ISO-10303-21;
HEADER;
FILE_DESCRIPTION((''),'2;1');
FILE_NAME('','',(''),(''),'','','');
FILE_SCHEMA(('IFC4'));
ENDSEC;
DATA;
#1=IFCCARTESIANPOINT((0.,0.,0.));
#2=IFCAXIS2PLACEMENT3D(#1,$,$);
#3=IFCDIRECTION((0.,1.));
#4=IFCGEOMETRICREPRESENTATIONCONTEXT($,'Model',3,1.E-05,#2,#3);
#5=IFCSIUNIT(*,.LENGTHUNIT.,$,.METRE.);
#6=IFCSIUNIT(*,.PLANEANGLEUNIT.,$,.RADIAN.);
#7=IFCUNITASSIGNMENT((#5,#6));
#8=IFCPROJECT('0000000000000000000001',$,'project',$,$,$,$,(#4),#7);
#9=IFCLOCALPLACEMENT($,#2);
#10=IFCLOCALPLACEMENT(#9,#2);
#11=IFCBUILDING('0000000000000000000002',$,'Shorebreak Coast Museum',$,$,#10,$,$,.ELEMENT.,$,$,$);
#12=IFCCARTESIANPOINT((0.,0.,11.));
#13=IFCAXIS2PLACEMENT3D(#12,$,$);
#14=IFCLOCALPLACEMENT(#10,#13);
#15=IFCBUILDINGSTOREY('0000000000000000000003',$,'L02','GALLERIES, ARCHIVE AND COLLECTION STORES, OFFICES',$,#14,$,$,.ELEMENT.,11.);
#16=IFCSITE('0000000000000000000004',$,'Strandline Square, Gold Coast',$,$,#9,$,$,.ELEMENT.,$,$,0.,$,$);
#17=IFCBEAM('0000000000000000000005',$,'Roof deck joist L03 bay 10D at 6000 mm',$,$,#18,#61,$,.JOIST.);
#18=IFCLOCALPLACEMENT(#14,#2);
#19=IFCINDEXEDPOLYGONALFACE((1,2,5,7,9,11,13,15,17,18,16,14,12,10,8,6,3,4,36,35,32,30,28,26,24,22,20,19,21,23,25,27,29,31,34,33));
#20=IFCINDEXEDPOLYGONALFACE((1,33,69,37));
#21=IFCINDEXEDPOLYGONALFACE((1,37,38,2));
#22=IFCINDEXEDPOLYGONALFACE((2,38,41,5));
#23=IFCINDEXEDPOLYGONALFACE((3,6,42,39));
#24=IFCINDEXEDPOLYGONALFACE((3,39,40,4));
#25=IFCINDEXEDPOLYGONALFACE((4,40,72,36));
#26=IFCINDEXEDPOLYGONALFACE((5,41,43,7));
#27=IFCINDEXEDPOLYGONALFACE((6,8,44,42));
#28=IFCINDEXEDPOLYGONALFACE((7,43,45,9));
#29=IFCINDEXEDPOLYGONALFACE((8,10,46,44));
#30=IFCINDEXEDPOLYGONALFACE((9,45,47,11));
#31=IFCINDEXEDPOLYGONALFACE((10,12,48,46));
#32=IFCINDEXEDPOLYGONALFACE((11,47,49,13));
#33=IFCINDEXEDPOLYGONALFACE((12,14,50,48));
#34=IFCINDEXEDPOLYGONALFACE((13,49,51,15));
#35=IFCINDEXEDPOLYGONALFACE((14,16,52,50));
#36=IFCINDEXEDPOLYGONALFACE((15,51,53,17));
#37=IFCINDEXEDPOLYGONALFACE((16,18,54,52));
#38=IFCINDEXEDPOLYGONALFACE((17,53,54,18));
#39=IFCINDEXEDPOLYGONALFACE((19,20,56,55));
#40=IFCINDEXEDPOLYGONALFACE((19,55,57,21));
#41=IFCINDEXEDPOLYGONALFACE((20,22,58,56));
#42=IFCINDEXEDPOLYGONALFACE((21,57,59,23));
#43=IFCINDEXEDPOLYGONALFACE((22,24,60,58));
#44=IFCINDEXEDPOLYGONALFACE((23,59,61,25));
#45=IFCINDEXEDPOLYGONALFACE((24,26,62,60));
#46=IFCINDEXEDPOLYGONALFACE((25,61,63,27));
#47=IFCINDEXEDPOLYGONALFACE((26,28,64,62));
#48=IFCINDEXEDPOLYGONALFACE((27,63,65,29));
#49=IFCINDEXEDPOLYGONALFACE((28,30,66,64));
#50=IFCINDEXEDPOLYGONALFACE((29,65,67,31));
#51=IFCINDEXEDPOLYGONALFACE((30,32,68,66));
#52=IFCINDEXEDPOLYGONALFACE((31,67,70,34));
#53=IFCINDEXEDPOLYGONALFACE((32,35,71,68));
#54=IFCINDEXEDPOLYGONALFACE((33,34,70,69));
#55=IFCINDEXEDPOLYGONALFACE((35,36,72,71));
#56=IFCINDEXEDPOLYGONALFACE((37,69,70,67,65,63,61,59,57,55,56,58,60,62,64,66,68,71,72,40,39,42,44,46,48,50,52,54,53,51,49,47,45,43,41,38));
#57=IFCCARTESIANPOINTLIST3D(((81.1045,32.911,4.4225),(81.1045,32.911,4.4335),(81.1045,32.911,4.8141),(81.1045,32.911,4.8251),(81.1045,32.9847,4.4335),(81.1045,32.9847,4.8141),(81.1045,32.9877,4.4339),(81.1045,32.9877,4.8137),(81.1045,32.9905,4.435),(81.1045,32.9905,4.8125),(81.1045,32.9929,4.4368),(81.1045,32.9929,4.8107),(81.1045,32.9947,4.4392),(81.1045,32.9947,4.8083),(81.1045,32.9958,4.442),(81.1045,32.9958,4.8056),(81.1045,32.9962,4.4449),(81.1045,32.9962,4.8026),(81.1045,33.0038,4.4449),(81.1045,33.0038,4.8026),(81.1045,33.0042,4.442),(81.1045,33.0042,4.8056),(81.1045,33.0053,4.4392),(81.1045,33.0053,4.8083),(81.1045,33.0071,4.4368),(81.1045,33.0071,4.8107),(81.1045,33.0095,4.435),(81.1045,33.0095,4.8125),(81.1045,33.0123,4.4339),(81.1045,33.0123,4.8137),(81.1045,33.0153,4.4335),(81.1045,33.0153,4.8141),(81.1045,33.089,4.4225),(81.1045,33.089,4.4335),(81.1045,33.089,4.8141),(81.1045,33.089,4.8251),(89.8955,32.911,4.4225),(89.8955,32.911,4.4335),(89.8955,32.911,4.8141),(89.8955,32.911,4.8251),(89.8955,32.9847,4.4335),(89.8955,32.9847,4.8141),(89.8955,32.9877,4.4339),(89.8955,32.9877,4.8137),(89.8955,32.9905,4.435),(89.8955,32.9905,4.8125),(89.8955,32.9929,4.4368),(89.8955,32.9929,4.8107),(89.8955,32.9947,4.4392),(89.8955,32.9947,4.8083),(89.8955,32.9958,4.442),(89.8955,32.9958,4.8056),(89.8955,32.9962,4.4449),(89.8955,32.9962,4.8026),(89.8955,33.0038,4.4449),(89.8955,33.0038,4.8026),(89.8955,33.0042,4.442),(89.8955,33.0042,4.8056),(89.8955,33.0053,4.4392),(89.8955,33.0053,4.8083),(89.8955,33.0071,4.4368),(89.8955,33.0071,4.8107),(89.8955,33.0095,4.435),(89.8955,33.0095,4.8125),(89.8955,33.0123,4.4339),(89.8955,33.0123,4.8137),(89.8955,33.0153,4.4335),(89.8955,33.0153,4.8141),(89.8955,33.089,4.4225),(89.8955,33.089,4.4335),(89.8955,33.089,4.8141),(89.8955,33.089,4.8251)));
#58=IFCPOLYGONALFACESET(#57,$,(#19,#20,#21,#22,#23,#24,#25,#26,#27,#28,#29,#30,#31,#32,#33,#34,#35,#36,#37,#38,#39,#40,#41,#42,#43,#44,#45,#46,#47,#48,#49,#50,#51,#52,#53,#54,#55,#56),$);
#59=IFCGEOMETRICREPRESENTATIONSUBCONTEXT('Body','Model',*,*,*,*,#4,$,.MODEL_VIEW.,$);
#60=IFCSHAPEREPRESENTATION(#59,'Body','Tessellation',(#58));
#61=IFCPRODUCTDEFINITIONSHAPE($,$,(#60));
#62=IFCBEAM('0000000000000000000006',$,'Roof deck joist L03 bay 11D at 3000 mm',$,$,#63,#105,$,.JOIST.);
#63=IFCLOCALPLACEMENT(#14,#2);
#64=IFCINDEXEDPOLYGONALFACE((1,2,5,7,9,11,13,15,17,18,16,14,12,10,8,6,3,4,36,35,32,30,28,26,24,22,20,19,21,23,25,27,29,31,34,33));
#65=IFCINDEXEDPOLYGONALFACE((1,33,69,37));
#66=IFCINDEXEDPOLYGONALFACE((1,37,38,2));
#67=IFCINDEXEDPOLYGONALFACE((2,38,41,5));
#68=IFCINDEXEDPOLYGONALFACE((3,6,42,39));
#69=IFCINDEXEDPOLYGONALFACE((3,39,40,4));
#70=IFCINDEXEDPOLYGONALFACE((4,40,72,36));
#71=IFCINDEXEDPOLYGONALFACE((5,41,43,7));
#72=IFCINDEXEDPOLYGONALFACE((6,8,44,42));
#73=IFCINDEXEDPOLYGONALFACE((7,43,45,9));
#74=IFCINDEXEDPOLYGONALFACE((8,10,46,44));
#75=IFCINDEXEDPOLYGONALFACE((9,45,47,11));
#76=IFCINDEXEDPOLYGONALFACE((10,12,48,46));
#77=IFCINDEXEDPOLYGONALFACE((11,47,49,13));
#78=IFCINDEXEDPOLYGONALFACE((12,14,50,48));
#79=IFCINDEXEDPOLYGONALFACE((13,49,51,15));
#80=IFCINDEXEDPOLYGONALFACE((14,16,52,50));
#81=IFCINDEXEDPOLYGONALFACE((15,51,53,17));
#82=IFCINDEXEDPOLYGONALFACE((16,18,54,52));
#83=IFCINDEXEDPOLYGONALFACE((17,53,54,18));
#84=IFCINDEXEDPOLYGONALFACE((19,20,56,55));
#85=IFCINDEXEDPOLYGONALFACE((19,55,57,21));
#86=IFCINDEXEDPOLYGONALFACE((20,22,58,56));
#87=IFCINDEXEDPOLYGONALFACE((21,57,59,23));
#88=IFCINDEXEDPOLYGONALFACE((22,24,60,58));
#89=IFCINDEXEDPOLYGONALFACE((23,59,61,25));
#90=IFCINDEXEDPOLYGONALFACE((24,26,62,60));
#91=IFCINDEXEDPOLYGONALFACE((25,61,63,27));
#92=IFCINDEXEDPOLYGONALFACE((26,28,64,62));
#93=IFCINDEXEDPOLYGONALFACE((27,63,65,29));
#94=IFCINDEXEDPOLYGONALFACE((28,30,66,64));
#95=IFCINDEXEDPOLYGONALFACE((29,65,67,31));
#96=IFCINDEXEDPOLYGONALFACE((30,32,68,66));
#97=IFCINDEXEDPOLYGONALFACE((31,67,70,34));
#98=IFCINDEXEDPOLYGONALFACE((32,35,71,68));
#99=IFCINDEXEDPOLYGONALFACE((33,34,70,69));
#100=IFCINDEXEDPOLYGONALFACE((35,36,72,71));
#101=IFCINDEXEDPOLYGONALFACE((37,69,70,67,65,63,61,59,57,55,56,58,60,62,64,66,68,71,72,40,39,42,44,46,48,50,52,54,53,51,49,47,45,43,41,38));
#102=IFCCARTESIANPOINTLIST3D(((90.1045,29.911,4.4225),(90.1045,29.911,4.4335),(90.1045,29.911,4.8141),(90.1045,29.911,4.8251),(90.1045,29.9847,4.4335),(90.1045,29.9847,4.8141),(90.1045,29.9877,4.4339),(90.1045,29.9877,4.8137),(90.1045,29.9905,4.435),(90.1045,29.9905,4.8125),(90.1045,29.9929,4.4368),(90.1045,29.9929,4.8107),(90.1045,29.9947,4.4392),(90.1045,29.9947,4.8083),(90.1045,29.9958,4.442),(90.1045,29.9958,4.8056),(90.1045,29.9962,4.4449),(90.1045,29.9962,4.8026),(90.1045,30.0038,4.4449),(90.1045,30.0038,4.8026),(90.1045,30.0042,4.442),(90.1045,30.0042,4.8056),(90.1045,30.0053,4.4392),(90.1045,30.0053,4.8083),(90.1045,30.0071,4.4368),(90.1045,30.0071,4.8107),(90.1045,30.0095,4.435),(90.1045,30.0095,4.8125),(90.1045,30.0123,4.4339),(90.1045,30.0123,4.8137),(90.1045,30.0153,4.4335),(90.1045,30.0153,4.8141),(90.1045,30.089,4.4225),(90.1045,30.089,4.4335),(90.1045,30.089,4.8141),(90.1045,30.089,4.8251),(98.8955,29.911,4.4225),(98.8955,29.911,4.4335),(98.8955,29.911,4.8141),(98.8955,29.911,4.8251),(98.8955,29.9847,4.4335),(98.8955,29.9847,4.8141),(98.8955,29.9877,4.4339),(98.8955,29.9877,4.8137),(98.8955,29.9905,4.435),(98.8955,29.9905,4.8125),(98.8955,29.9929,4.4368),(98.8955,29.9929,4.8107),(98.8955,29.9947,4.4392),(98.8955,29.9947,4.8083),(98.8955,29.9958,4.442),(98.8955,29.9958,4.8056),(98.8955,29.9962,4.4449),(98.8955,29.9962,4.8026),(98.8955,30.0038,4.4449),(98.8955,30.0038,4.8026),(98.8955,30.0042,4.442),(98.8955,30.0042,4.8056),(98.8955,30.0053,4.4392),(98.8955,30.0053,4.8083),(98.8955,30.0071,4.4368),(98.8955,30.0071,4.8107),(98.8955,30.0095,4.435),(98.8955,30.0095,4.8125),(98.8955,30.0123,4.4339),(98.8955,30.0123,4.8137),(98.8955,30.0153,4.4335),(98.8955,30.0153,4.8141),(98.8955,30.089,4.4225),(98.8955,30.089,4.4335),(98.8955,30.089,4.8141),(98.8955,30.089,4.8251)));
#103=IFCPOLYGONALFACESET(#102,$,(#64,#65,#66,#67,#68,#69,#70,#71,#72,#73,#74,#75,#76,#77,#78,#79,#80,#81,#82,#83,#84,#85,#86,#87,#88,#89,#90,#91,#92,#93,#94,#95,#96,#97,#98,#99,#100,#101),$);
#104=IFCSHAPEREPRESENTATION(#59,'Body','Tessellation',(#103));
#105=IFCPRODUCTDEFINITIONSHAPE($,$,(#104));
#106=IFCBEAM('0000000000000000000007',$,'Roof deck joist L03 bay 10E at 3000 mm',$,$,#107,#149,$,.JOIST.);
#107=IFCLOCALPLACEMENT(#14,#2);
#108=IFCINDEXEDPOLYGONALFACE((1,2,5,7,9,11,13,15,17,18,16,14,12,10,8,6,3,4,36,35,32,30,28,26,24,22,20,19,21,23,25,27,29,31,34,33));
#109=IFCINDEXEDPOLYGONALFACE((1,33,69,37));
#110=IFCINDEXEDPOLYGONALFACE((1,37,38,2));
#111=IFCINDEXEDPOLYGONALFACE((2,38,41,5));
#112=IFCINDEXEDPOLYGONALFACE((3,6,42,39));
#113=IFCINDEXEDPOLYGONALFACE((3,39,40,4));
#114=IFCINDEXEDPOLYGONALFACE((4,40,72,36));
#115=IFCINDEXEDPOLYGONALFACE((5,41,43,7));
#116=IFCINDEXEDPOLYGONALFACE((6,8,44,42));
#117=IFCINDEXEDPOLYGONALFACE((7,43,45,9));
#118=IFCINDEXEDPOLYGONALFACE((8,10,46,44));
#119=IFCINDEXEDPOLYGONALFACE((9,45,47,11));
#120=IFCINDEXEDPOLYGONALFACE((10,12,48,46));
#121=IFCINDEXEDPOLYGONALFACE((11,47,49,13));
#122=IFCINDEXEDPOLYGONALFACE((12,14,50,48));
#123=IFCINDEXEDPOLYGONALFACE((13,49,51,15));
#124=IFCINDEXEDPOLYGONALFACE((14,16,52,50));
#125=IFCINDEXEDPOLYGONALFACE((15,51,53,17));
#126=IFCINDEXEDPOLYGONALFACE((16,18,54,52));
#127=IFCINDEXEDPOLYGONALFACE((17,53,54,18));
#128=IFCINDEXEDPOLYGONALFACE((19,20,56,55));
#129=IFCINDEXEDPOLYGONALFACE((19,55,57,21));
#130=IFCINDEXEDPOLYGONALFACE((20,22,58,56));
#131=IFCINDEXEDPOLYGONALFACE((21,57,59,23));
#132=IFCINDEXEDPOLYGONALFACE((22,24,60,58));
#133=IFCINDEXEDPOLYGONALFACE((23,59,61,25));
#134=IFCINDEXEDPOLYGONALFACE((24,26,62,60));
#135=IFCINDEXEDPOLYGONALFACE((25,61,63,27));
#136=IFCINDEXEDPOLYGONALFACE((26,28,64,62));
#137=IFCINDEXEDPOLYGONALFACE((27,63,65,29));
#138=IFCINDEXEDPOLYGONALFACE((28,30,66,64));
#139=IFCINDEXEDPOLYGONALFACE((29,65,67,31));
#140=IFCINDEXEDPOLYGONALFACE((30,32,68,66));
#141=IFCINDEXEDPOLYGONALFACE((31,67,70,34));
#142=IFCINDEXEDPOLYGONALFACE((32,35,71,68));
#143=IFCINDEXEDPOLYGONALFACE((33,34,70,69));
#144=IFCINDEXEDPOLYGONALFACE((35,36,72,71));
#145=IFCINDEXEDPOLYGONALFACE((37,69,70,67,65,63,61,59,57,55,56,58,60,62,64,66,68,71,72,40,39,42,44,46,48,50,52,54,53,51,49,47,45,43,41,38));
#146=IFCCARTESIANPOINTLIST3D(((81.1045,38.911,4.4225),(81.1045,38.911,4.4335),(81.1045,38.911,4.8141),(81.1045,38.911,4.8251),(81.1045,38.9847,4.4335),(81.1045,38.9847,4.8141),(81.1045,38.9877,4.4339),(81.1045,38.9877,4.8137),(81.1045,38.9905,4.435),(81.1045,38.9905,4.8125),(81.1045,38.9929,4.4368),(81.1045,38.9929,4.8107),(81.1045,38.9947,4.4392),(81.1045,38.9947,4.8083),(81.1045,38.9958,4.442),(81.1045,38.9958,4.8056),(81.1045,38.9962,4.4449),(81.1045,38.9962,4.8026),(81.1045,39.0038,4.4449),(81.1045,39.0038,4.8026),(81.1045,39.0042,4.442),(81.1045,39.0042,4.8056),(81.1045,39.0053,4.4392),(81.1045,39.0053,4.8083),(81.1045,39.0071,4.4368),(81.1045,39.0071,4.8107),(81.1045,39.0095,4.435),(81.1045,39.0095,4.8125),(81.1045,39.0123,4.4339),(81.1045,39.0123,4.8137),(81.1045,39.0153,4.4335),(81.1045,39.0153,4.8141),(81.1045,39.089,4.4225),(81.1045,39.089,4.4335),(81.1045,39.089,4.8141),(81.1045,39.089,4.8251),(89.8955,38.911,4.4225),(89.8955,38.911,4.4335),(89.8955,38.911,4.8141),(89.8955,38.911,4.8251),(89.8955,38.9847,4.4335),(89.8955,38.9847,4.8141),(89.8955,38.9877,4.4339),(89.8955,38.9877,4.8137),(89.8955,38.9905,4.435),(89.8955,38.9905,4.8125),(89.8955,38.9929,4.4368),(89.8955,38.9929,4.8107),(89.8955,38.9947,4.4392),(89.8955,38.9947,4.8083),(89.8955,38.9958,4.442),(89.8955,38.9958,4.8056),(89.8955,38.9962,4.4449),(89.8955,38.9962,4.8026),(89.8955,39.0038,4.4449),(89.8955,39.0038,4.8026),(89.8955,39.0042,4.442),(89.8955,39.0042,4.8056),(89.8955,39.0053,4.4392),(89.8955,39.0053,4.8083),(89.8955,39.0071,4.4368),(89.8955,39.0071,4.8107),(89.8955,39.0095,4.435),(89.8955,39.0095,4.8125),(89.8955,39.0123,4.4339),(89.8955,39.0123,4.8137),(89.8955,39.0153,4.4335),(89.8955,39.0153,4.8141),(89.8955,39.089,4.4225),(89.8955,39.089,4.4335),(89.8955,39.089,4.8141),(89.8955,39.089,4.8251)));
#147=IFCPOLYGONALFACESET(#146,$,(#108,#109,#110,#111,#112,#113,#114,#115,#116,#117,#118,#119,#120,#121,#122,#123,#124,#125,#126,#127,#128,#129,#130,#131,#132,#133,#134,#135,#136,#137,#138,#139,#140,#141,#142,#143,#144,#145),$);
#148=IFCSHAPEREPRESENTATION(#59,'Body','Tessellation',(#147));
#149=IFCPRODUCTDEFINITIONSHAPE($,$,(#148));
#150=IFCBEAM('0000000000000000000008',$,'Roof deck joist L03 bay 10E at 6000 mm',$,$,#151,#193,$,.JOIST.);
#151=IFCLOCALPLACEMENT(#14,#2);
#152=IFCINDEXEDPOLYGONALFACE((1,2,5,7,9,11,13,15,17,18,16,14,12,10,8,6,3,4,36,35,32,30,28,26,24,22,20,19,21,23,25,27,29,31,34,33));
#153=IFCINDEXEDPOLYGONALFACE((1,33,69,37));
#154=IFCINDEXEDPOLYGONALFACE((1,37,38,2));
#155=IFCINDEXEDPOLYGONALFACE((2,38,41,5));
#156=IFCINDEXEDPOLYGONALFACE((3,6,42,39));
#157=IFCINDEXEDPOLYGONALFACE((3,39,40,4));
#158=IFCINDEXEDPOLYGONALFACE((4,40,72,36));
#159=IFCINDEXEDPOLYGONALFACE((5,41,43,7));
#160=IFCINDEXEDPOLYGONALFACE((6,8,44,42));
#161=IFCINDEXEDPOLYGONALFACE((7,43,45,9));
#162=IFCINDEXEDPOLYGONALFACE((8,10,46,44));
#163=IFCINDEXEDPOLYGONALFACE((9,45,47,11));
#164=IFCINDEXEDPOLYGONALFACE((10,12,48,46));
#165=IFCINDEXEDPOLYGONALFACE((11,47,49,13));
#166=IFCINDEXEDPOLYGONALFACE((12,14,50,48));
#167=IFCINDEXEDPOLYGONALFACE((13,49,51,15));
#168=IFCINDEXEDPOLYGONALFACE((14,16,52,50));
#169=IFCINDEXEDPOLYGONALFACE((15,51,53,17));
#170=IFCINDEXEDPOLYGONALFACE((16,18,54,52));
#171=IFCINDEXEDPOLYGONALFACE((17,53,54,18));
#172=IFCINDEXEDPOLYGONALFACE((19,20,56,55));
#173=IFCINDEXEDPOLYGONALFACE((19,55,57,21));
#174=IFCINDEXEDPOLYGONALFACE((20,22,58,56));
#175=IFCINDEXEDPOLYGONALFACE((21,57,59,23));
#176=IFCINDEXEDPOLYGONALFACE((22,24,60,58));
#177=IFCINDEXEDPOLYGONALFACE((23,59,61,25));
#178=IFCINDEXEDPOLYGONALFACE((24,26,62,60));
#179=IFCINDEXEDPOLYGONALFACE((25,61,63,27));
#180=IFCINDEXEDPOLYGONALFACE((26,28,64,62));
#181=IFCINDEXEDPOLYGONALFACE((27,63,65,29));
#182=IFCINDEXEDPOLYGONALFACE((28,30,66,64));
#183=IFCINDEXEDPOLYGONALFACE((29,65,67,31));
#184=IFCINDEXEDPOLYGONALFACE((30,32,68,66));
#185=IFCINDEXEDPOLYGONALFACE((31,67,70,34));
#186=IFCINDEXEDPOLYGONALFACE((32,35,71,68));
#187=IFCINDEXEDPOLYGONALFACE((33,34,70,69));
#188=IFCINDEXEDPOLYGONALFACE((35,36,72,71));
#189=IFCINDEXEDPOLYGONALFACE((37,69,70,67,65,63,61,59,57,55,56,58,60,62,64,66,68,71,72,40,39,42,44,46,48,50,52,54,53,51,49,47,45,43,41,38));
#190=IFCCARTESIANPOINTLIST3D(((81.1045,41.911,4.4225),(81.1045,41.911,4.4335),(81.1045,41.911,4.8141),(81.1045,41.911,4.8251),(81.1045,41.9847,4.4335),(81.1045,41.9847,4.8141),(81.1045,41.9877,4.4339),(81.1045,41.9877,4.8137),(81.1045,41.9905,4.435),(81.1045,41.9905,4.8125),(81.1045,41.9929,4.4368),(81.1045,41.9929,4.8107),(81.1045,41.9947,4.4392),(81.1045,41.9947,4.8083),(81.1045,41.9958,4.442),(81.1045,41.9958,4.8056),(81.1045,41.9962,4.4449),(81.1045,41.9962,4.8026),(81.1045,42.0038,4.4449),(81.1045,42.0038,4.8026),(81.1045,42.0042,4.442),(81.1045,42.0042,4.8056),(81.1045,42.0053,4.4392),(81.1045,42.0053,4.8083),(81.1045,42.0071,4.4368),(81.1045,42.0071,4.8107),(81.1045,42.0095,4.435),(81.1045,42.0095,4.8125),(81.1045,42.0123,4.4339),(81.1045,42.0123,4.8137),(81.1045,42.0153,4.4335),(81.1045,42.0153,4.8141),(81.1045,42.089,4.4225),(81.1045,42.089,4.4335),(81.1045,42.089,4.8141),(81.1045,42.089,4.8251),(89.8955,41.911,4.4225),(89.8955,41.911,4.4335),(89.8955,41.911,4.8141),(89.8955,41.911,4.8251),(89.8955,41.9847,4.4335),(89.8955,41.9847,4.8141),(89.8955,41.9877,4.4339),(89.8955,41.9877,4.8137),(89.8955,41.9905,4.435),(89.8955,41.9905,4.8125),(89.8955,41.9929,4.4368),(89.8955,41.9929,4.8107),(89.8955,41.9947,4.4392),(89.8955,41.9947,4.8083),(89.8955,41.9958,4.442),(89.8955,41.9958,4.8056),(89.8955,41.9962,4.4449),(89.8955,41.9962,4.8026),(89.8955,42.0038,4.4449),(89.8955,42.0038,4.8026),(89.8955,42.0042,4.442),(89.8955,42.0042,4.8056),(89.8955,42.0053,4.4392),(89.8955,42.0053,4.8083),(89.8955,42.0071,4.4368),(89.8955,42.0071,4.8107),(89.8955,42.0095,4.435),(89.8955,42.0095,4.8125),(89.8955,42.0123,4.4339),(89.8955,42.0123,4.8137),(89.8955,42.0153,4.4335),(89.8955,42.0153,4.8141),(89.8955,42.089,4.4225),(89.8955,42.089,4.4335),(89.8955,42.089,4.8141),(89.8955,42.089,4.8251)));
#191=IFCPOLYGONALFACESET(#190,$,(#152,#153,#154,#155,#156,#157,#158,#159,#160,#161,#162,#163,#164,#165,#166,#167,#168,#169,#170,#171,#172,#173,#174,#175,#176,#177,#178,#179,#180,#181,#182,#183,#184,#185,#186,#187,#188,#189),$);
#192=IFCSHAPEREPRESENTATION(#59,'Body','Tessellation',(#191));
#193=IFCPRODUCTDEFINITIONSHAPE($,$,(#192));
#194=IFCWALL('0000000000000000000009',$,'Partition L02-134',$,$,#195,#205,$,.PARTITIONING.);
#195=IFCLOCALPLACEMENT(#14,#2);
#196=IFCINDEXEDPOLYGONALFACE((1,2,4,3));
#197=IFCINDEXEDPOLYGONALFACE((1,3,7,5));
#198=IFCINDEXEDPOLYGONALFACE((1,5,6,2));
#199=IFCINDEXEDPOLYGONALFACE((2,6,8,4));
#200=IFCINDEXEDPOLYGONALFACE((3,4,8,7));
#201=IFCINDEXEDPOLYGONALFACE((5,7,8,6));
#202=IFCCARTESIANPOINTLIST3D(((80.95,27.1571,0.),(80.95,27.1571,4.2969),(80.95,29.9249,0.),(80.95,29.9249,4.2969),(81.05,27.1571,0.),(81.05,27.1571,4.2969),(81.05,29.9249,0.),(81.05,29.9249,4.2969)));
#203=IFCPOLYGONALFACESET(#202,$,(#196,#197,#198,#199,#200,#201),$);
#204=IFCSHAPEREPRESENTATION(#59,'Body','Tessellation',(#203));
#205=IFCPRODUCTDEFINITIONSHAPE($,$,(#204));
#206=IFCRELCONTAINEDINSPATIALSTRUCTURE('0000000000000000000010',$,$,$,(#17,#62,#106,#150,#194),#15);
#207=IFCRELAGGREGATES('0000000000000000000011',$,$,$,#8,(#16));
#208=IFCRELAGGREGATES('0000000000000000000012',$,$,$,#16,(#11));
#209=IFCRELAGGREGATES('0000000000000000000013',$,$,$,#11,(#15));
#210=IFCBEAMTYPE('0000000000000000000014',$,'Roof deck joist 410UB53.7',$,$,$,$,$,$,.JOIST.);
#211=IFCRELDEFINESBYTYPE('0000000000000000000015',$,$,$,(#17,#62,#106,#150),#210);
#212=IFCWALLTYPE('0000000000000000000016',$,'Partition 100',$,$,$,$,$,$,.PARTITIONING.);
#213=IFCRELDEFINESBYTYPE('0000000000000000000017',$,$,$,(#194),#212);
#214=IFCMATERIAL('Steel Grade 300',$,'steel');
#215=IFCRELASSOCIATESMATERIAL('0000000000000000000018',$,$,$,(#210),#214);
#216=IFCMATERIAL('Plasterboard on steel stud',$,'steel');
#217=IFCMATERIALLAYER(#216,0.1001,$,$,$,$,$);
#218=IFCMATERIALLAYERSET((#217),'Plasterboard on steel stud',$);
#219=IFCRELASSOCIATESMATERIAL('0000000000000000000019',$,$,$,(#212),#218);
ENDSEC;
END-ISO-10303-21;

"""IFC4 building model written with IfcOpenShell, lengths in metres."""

from ifc_helpers import new_model, si_unit, direction, frame, frame_2d, origin, origin_2d, place, context, subcontext, project, spatial, rectangle, i_section, extrude, material, layer, layer_set, material_profile, profile_set, type_object, element, save


model = new_model("IFC4")

# Units and contexts
model_context = context("Model", 3, precision=1e-05, world=origin(), true_north=direction((0.0, 1.0)))
body_context = subcontext(model_context, "Body", "Model", "MODEL_VIEW")
ifc_project = project(units=[si_unit("LENGTHUNIT", "METRE"), si_unit("PLANEANGLEUNIT", "RADIAN")], contexts=[model_context])

# Site, building, storey
site_placement = place(None, origin())
site = spatial("IfcSite", under=ifc_project, at=site_placement, Name="Strandline Square, Gold Coast", CompositionType="ELEMENT", RefElevation=0.0)
building_placement = place(site_placement, origin())
building = spatial("IfcBuilding", under=site, at=building_placement, Name="Shorebreak Coast Museum", CompositionType="ELEMENT")
storey_placement = place(building_placement, frame((0.0, 0.0, 11.0)))
storey = spatial("IfcBuildingStorey", under=building, at=storey_placement, Name="L02", Description="GALLERIES, ARCHIVE AND COLLECTION STORES, OFFICES", CompositionType="ELEMENT", Elevation=11.0)

# Beams
ifc_material_1 = material(Name="Steel Grade 300", Category="steel")
ifc_material_profile_1 = material_profile(ifc_material_1, i_section(OverallWidth=0.178, OverallDepth=0.4026, WebThickness=0.0076, FlangeThickness=0.011, FilletRadius=0.0115, at=origin_2d()), Name="410UB53.7")
ifc_profile_set_1 = profile_set([ifc_material_profile_1], Name="Steel Grade 300")
beam_type_1 = type_object("IfcBeamType", Name="Roof deck joist 410UB53.7", PredefinedType="JOIST", material=ifc_profile_set_1)
for number, where, z_axis, x_axis, name in (
    (1, (81.1045, 33.0, 4.6238), (1.0, 0.0, 0.0), (0.0, 1.0, 0.0), "Roof deck joist L03 bay 10D at 6000 mm"),
    (2, (90.1045, 30.0, 4.6238), (1.0, 0.0, 0.0), (0.0, 1.0, 0.0), "Roof deck joist L03 bay 11D at 3000 mm"),
    (3, (81.1045, 39.0, 4.6238), (1.0, 0.0, 0.0), (0.0, 1.0, 0.0), "Roof deck joist L03 bay 10E at 3000 mm"),
    (4, (81.1045, 42.0, 4.6238), (1.0, 0.0, 0.0), (0.0, 1.0, 0.0), "Roof deck joist L03 bay 10E at 6000 mm"),
):
    element("IfcBeam", number, at=place(storey_placement, frame(where, z_axis=z_axis, x_axis=x_axis)), inside=storey, type_object=beam_type_1, Name=name, PredefinedType="JOIST", context=body_context, shape_type="SweptSolid", body=[
        extrude(i_section(OverallWidth=0.178, OverallDepth=0.4026, WebThickness=0.0076, FlangeThickness=0.011, FilletRadius=0.0115, at=origin_2d()), origin(), (0.0, 0.0, 1.0), 8.791),
    ])

# Wall
ifc_material_2 = material(Name="Plasterboard on steel stud", Category="steel")
ifc_layer_1 = layer(ifc_material_2, 0.1001)
ifc_layer_set_1 = layer_set([ifc_layer_1], Name="Plasterboard on steel stud")
wall_type_1 = type_object("IfcWallType", Name="Partition 100", PredefinedType="PARTITIONING", material=ifc_layer_set_1)
for number, where, z_axis, x_axis, name in (
    (5, (81.0, 27.1572, 0.0), (0.0, 0.0, 1.0), (0.0, 1.0, 0.0), "Partition L02-134"),
):
    element("IfcWall", number, at=place(storey_placement, frame(where, z_axis=z_axis, x_axis=x_axis)), inside=storey, type_object=wall_type_1, Name=name, PredefinedType="PARTITIONING", context=body_context, shape_type="SweptSolid", body=[
        extrude(rectangle(XDim=2.7678, YDim=0.1001, at=frame_2d((1.3838, 0.0))), origin(), (0.0, 0.0, 1.0), 4.2969),
    ])

save(model, "model.ifc")
